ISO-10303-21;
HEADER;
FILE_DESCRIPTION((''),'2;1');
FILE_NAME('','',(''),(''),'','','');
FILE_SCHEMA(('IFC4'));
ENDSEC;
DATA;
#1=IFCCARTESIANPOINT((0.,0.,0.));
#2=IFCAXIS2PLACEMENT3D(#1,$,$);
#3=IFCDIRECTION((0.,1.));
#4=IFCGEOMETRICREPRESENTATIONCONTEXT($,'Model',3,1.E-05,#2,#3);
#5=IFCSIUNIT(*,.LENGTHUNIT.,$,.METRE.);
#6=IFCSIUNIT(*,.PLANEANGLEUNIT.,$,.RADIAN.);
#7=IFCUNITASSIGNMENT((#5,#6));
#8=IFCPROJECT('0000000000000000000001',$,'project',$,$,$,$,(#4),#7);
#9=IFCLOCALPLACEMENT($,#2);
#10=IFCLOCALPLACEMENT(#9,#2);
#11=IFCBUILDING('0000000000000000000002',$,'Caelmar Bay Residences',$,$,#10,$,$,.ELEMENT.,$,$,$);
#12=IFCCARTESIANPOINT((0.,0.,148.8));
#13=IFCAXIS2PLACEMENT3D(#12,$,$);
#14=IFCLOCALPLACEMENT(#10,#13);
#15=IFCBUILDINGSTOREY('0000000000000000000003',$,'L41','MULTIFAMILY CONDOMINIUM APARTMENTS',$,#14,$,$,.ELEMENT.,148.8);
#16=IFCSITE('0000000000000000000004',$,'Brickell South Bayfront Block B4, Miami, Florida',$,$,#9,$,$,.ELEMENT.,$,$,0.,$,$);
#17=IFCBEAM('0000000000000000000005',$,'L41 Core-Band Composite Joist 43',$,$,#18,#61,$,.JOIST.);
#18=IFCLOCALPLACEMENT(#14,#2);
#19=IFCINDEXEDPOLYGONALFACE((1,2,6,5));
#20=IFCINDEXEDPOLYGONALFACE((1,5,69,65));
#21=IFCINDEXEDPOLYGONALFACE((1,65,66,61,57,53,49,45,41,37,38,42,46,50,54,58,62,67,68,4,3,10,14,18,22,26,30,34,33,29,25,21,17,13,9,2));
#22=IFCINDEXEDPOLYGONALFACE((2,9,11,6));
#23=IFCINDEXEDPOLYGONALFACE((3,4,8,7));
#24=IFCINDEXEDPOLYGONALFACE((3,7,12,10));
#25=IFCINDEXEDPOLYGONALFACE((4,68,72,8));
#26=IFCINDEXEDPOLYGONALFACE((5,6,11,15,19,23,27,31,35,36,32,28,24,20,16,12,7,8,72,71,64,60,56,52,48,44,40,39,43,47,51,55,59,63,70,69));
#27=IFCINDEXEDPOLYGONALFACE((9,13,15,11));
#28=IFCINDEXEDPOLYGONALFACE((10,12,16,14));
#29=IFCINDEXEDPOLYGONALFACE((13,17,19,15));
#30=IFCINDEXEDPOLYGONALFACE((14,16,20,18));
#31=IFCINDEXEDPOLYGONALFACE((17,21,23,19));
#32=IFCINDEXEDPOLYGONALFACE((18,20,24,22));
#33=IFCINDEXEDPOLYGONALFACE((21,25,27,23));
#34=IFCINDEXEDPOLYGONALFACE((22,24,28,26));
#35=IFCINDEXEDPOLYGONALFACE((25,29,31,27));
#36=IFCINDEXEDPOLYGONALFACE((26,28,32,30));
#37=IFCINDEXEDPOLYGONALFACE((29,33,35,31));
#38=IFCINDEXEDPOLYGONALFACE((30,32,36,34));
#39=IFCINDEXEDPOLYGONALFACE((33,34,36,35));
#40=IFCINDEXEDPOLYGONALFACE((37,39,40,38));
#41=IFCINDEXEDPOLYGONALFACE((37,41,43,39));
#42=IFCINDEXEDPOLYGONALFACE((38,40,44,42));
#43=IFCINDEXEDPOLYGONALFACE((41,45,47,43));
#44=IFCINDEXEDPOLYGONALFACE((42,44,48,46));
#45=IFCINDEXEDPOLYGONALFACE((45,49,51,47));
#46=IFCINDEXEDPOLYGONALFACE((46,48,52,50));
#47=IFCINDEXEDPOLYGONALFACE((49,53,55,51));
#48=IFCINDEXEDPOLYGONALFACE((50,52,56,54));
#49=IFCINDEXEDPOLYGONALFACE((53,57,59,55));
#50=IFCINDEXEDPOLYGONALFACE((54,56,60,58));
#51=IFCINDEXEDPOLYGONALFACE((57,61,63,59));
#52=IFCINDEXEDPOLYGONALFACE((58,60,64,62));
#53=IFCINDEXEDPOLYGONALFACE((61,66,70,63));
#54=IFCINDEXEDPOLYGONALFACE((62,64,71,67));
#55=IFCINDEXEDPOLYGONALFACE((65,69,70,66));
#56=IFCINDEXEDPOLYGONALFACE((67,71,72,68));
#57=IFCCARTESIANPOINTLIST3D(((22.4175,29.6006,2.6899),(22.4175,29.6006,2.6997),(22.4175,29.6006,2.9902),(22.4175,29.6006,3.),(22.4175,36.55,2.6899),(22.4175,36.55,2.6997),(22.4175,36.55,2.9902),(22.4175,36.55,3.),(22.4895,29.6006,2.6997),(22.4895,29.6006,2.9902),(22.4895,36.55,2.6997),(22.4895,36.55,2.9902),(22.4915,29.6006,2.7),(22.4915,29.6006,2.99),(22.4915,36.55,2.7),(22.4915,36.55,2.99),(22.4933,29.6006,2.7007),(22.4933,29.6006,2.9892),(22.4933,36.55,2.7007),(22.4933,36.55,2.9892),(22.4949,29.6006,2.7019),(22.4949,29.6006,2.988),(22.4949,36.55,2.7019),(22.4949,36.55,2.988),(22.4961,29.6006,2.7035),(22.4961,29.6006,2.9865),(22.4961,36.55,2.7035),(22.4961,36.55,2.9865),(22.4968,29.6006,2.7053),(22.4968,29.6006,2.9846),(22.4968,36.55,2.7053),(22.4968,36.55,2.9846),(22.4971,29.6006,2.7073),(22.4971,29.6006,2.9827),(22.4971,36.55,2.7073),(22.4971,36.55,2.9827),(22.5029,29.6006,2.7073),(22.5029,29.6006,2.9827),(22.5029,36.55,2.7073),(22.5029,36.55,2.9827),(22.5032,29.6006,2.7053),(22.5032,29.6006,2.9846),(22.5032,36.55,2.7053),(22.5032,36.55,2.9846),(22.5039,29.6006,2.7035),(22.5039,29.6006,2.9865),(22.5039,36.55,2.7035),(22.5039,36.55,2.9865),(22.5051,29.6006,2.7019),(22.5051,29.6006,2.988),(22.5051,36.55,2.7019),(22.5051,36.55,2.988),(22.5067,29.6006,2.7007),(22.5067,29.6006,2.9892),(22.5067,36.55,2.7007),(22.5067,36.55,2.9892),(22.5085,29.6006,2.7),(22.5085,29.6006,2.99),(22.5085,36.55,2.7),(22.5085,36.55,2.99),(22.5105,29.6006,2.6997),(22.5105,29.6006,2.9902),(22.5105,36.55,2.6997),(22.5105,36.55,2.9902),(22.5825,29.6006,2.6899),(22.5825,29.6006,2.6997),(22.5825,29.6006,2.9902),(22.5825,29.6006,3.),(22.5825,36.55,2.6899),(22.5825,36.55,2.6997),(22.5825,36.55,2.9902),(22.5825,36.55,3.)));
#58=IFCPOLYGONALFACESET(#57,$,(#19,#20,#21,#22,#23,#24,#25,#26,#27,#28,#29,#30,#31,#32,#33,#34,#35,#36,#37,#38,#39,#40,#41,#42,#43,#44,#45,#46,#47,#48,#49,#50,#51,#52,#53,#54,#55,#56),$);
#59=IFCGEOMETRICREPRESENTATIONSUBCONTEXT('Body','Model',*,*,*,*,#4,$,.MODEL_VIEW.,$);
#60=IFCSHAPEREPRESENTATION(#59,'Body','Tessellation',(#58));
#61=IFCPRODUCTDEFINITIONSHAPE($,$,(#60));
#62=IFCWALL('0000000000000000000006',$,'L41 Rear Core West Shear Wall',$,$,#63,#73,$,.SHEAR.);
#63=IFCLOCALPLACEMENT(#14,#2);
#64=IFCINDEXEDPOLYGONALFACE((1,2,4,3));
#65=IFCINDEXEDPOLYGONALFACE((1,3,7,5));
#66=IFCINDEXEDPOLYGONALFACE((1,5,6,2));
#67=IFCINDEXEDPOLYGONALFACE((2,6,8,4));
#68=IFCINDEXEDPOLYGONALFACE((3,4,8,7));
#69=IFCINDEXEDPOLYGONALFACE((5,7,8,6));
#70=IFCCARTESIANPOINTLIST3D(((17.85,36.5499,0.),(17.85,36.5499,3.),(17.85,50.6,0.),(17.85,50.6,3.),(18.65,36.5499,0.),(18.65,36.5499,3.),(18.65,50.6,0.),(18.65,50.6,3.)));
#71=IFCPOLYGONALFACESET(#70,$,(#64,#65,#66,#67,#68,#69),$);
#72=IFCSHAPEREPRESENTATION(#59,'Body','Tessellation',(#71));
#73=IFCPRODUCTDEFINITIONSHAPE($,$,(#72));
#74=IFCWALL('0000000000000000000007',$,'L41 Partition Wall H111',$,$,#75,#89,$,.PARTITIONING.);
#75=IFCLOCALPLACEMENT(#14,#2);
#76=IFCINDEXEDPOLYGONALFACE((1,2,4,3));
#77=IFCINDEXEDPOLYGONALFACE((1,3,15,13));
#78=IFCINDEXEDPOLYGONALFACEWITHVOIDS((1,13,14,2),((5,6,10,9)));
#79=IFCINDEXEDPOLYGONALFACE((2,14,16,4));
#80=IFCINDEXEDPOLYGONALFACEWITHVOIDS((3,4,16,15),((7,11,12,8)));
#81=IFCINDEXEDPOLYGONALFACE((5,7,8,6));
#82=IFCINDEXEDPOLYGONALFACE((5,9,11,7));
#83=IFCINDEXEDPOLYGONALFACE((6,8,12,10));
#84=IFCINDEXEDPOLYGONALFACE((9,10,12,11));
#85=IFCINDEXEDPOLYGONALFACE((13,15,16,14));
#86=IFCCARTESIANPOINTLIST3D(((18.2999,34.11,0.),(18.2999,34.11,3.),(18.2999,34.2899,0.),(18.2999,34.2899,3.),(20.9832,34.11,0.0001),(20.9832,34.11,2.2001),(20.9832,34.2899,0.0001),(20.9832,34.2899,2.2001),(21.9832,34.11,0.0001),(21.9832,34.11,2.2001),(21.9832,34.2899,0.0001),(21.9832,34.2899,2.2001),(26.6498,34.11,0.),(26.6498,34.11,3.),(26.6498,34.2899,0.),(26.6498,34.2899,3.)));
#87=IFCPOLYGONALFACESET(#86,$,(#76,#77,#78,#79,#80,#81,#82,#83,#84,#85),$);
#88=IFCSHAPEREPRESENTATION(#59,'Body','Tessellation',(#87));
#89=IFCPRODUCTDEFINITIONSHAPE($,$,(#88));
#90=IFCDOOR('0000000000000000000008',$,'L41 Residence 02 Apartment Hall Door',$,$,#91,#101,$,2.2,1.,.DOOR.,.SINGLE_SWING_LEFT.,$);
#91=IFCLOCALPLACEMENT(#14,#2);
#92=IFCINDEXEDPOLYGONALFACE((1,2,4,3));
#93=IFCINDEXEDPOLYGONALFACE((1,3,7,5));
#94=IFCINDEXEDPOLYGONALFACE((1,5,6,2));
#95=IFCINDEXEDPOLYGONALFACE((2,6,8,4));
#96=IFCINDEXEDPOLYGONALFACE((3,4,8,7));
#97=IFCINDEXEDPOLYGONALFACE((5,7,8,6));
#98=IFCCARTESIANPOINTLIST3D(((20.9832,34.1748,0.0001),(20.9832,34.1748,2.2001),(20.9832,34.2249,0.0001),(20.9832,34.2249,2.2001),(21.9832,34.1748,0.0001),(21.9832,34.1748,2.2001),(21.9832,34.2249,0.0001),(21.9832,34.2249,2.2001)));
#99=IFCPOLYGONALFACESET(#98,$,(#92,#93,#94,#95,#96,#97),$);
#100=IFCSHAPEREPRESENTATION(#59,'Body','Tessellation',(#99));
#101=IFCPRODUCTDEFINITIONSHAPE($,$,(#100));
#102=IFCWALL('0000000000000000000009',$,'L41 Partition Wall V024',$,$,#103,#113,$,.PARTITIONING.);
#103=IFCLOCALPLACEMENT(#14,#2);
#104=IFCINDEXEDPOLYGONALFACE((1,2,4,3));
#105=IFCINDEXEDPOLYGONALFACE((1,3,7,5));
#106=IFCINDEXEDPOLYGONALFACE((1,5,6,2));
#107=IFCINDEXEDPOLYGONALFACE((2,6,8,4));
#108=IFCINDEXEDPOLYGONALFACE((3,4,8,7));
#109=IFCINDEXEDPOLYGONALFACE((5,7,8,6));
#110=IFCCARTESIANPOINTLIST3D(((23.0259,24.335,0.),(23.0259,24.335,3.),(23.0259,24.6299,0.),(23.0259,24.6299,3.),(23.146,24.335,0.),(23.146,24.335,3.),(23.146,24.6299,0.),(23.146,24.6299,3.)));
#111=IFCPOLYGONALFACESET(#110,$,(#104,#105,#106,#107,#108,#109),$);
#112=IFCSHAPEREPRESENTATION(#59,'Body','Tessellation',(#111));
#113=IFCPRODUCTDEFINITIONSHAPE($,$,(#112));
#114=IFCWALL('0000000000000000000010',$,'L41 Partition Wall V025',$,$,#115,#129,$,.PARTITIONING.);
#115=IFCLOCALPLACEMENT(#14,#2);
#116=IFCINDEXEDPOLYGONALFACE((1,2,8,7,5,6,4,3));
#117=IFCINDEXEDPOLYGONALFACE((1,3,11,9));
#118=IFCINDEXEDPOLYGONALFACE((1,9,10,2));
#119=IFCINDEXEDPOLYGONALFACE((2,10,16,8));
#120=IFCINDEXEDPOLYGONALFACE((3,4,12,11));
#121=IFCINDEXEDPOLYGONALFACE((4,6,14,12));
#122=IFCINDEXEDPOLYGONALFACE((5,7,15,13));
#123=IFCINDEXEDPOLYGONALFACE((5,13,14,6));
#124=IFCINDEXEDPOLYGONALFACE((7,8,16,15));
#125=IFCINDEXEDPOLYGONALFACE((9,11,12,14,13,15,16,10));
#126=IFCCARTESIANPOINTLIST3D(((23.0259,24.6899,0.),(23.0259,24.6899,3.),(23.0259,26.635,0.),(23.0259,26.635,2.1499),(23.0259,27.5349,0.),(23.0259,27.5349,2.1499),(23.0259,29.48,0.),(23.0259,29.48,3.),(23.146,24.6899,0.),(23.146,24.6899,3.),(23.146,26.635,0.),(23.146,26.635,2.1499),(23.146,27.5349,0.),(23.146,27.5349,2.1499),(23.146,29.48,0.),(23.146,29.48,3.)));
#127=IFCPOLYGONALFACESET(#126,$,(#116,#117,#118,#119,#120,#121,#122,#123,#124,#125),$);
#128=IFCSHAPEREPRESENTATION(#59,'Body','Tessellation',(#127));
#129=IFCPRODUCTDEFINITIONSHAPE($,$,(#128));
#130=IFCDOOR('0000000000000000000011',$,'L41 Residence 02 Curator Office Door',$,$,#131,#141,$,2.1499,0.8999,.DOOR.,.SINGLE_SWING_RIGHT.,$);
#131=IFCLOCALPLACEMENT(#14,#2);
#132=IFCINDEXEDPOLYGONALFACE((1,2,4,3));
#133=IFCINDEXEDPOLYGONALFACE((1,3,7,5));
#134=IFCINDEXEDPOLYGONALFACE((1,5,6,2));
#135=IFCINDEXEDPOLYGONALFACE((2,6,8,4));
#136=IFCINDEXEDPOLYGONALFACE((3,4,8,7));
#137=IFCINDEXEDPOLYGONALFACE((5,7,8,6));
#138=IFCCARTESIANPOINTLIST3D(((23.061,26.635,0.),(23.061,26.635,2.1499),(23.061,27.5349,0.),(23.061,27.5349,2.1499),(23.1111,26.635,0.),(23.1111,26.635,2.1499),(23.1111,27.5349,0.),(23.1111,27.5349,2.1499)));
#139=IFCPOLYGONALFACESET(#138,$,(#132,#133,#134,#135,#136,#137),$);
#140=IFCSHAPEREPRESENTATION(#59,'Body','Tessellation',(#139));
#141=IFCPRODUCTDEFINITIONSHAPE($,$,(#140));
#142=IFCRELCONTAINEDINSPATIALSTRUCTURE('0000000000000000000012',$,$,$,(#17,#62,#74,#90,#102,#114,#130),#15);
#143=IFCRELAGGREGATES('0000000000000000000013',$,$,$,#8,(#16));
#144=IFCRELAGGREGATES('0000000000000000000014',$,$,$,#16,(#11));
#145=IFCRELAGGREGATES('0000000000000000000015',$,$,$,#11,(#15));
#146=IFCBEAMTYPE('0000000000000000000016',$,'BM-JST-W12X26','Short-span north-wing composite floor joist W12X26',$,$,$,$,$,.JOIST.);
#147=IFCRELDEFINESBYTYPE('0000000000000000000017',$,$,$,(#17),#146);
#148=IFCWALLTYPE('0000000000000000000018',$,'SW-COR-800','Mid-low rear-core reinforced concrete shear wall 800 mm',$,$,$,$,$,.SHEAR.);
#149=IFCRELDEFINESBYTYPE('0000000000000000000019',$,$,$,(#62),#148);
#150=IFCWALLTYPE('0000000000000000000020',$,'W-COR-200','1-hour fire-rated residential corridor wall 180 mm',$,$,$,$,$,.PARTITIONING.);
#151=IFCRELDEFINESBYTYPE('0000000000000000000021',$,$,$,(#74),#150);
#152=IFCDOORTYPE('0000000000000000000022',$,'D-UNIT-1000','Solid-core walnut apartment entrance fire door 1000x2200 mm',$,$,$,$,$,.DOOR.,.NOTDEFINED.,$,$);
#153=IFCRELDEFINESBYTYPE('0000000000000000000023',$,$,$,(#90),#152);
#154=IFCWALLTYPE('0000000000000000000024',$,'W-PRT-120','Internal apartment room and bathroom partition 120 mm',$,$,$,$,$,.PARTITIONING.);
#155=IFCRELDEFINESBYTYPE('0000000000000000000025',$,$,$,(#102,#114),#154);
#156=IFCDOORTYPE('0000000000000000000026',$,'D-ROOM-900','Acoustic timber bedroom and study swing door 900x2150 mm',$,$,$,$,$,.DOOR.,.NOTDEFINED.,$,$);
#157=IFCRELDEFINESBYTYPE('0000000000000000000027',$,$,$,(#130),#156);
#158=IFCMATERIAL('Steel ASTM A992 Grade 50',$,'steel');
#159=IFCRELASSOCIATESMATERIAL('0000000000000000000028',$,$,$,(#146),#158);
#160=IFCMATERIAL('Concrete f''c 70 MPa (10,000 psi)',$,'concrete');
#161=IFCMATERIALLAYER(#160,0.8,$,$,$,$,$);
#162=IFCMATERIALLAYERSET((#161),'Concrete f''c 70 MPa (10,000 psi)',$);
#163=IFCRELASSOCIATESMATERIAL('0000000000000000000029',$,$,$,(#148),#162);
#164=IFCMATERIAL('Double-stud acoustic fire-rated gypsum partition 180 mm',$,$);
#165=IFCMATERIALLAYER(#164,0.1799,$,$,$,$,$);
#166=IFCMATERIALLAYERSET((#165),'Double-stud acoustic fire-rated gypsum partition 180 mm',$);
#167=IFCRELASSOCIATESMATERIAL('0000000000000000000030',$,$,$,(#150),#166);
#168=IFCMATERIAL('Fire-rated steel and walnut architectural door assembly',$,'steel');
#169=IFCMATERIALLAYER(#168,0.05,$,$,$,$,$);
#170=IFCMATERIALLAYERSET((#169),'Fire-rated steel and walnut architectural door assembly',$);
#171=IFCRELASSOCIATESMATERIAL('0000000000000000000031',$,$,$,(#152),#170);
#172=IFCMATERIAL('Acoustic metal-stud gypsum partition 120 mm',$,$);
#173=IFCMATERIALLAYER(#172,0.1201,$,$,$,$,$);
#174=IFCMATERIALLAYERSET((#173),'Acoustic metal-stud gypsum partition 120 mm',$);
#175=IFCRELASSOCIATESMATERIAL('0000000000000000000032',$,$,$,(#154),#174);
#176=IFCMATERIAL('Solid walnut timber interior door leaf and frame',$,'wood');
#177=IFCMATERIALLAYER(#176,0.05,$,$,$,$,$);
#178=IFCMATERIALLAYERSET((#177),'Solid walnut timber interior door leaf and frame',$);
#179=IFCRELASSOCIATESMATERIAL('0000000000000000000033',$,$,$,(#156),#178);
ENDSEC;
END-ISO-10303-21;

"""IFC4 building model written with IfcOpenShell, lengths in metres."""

from ifc_helpers import new_model, si_unit, direction, frame, frame_2d, origin, origin_2d, place, context, subcontext, project, spatial, rectangle, i_section, extrude, material, layer, layer_set, material_profile, profile_set, type_object, element, fill, save


model = new_model("IFC4")

# Units and contexts
model_context = context("Model", 3, precision=1e-05, world=origin(), true_north=direction((0.0, 1.0)))
body_context = subcontext(model_context, "Body", "Model", "MODEL_VIEW")
ifc_project = project(units=[si_unit("LENGTHUNIT", "METRE"), si_unit("PLANEANGLEUNIT", "RADIAN")], contexts=[model_context])

# Site, building, storey
site_placement = place(None, origin())
site = spatial("IfcSite", under=ifc_project, at=site_placement, Name="Brickell South Bayfront Block B4, Miami, Florida", CompositionType="ELEMENT", RefElevation=0.0)
building_placement = place(site_placement, origin())
building = spatial("IfcBuilding", under=site, at=building_placement, Name="Caelmar Bay Residences", CompositionType="ELEMENT")
storey_placement = place(building_placement, frame((0.0, 0.0, 148.8)))
storey = spatial("IfcBuildingStorey", under=building, at=storey_placement, Name="L41", Description="MULTIFAMILY CONDOMINIUM APARTMENTS", CompositionType="ELEMENT", Elevation=148.8)

# Shared definitions
ifc_material_1 = material(Name="Concrete f'c 70 MPa (10,000 psi)", Category="concrete")

# Beam
ifc_material_2 = material(Name="Steel ASTM A992 Grade 50", Category="steel")
ifc_material_profile_1 = material_profile(ifc_material_2, i_section(OverallWidth=0.165, OverallDepth=0.3101, WebThickness=0.0059, FlangeThickness=0.0098, FilletRadius=0.0076, at=origin_2d()), Name="W12X26")
ifc_profile_set_1 = profile_set([ifc_material_profile_1], Name="Steel ASTM A992 Grade 50")
beam_type_1 = type_object("IfcBeamType", Name="BM-JST-W12X26", Description="Short-span north-wing composite floor joist W12X26", PredefinedType="JOIST", material=ifc_profile_set_1)
beam_1_placement = place(storey_placement, frame((22.5, 29.6006, 2.845), z_axis=(0.0, 1.0, 0.0), x_axis=(-1.0, 0.0, 0.0)))
element("IfcBeam", 1, at=beam_1_placement, inside=storey, type_object=beam_type_1, Name="L41 Core-Band Composite Joist 43", PredefinedType="JOIST", context=body_context, shape_type="SweptSolid", body=[
    extrude(i_section(OverallWidth=0.165, OverallDepth=0.3101, WebThickness=0.0059, FlangeThickness=0.0098, FilletRadius=0.0076, at=origin_2d()), origin(), (0.0, 0.0, 1.0), 6.9495),
])

# Shared definitions
ifc_material_3 = material(Name="Fire-rated steel and walnut architectural door assembly", Category="steel")

# Wall
ifc_layer_1 = layer(ifc_material_1, 0.8)
ifc_layer_set_1 = layer_set([ifc_layer_1], Name="Concrete f'c 70 MPa (10,000 psi)")
wall_type_1 = type_object("IfcWallType", Name="SW-COR-800", Description="Mid-low rear-core reinforced concrete shear wall 800 mm", PredefinedType="SHEAR", material=ifc_layer_set_1)
wall_1_placement = place(storey_placement, frame((18.25, 36.55, 0.0), z_axis=(0.0, 0.0, 1.0), x_axis=(0.0, 1.0, 0.0)))
element("IfcWall", 2, at=wall_1_placement, inside=storey, type_object=wall_type_1, Name="L41 Rear Core West Shear Wall", PredefinedType="SHEAR", context=body_context, shape_type="SweptSolid", body=[
    extrude(rectangle(XDim=14.05, YDim=0.8, at=frame_2d((7.0249, 0.0))), origin(), (0.0, 0.0, 1.0), 3.0),
])

# Wall, opening, door
ifc_material_4 = material(Name="Double-stud acoustic fire-rated gypsum partition 180 mm")
ifc_layer_2 = layer(ifc_material_4, 0.1799)
ifc_layer_set_2 = layer_set([ifc_layer_2], Name="Double-stud acoustic fire-rated gypsum partition 180 mm")
wall_type_2 = type_object("IfcWallType", Name="W-COR-200", Description="1-hour fire-rated residential corridor wall 180 mm", PredefinedType="PARTITIONING", material=ifc_layer_set_2)
wall_2_placement = place(storey_placement, frame((18.3, 34.2, 0.0), z_axis=(0.0, 0.0, 1.0), x_axis=(1.0, 0.0, 0.0)))
wall_2 = element("IfcWall", 3, at=wall_2_placement, inside=storey, type_object=wall_type_2, Name="L41 Partition Wall H111", PredefinedType="PARTITIONING", context=body_context, shape_type="SweptSolid", body=[
    extrude(rectangle(XDim=8.3499, YDim=0.1799, at=frame_2d((4.1748, 0.0))), origin(), (0.0, 0.0, 1.0), 3.0),
])
opening_1_placement = place(wall_2_placement, frame((2.6831, 0.0, 0.0)))
opening_1 = element("IfcOpeningElement", 4, at=opening_1_placement, cuts=wall_2, PredefinedType="OPENING", context=body_context, shape_type="SweptSolid", body=[
    extrude(rectangle(XDim=1.0, YDim=2.2, at=frame_2d((0.5, 1.1001))), frame((0.0, 0.0999, 0.0), z_axis=(0.0, -1.0, 0.0), x_axis=(1.0, 0.0, 0.0)), (0.0, 0.0, 1.0), 0.2),
])
ifc_layer_3 = layer(ifc_material_3, 0.05)
ifc_layer_set_3 = layer_set([ifc_layer_3], Name="Fire-rated steel and walnut architectural door assembly")
door_type_1 = type_object("IfcDoorType", Name="D-UNIT-1000", Description="Solid-core walnut apartment entrance fire door 1000x2200 mm", OperationType="NOTDEFINED", PredefinedType="DOOR", material=ifc_layer_set_3)
door_1_placement = place(opening_1_placement, origin())
door_1 = element("IfcDoor", 5, at=door_1_placement, inside=storey, type_object=door_type_1, Name="L41 Residence 02 Apartment Hall Door", OperationType="SINGLE_SWING_LEFT", OverallHeight=2.2, OverallWidth=1.0, PredefinedType="DOOR", context=body_context, shape_type="SweptSolid", body=[
    extrude(rectangle(XDim=1.0, YDim=2.2, at=frame_2d((0.5, 1.1001))), frame((0.0, 0.0249, 0.0), z_axis=(0.0, -1.0, 0.0), x_axis=(1.0, 0.0, 0.0)), (0.0, 0.0, 1.0), 0.05),
])
fill(opening_1, door_1)

# Wall
ifc_material_5 = material(Name="Acoustic metal-stud gypsum partition 120 mm")
ifc_layer_4 = layer(ifc_material_5, 0.1201)
ifc_layer_set_4 = layer_set([ifc_layer_4], Name="Acoustic metal-stud gypsum partition 120 mm")
wall_type_3 = type_object("IfcWallType", Name="W-PRT-120", Description="Internal apartment room and bathroom partition 120 mm", PredefinedType="PARTITIONING", material=ifc_layer_set_4)
wall_3_placement = place(storey_placement, frame((23.0859, 24.335, 0.0), z_axis=(0.0, 0.0, 1.0), x_axis=(0.0, 1.0, 0.0)))
element("IfcWall", 6, at=wall_3_placement, inside=storey, type_object=wall_type_3, Name="L41 Partition Wall V024", PredefinedType="PARTITIONING", context=body_context, shape_type="SweptSolid", body=[
    extrude(rectangle(XDim=0.2949, YDim=0.1201, at=frame_2d((0.1475, 0.0))), origin(), (0.0, 0.0, 1.0), 3.0),
])

# Wall, opening, door
wall_4_placement = place(storey_placement, frame((23.0859, 24.6899, 0.0), z_axis=(0.0, 0.0, 1.0), x_axis=(0.0, 1.0, 0.0)))
wall_4 = element("IfcWall", 7, at=wall_4_placement, inside=storey, type_object=wall_type_3, Name="L41 Partition Wall V025", PredefinedType="PARTITIONING", context=body_context, shape_type="SweptSolid", body=[
    extrude(rectangle(XDim=4.79, YDim=0.1201, at=frame_2d((2.395, 0.0))), origin(), (0.0, 0.0, 1.0), 3.0),
])
opening_2_placement = place(wall_4_placement, frame((1.9451, 0.0, 0.0)))
opening_2 = element("IfcOpeningElement", 8, at=opening_2_placement, cuts=wall_4, PredefinedType="OPENING", context=body_context, shape_type="SweptSolid", body=[
    extrude(rectangle(XDim=0.8999, YDim=2.1499, at=frame_2d((0.45, 1.075))), frame((0.0, 0.0701, 0.0), z_axis=(0.0, -1.0, 0.0), x_axis=(1.0, 0.0, 0.0)), (0.0, 0.0, 1.0), 0.1401),
])
ifc_material_6 = material(Name="Solid walnut timber interior door leaf and frame", Category="wood")
ifc_layer_5 = layer(ifc_material_6, 0.05)
ifc_layer_set_5 = layer_set([ifc_layer_5], Name="Solid walnut timber interior door leaf and frame")
door_type_2 = type_object("IfcDoorType", Name="D-ROOM-900", Description="Acoustic timber bedroom and study swing door 900x2150 mm", OperationType="NOTDEFINED", PredefinedType="DOOR", material=ifc_layer_set_5)
door_2_placement = place(opening_2_placement, origin())
door_2 = element("IfcDoor", 9, at=door_2_placement, inside=storey, type_object=door_type_2, Name="L41 Residence 02 Curator Office Door", OperationType="SINGLE_SWING_RIGHT", OverallHeight=2.1499, OverallWidth=0.8999, PredefinedType="DOOR", context=body_context, shape_type="SweptSolid", body=[
    extrude(rectangle(XDim=0.8999, YDim=2.1499, at=frame_2d((0.45, 1.075))), frame((0.0, 0.0249, 0.0), z_axis=(0.0, -1.0, 0.0), x_axis=(1.0, 0.0, 0.0)), (0.0, 0.0, 1.0), 0.05),
])
fill(opening_2, door_2)

save(model, "model.ifc")
